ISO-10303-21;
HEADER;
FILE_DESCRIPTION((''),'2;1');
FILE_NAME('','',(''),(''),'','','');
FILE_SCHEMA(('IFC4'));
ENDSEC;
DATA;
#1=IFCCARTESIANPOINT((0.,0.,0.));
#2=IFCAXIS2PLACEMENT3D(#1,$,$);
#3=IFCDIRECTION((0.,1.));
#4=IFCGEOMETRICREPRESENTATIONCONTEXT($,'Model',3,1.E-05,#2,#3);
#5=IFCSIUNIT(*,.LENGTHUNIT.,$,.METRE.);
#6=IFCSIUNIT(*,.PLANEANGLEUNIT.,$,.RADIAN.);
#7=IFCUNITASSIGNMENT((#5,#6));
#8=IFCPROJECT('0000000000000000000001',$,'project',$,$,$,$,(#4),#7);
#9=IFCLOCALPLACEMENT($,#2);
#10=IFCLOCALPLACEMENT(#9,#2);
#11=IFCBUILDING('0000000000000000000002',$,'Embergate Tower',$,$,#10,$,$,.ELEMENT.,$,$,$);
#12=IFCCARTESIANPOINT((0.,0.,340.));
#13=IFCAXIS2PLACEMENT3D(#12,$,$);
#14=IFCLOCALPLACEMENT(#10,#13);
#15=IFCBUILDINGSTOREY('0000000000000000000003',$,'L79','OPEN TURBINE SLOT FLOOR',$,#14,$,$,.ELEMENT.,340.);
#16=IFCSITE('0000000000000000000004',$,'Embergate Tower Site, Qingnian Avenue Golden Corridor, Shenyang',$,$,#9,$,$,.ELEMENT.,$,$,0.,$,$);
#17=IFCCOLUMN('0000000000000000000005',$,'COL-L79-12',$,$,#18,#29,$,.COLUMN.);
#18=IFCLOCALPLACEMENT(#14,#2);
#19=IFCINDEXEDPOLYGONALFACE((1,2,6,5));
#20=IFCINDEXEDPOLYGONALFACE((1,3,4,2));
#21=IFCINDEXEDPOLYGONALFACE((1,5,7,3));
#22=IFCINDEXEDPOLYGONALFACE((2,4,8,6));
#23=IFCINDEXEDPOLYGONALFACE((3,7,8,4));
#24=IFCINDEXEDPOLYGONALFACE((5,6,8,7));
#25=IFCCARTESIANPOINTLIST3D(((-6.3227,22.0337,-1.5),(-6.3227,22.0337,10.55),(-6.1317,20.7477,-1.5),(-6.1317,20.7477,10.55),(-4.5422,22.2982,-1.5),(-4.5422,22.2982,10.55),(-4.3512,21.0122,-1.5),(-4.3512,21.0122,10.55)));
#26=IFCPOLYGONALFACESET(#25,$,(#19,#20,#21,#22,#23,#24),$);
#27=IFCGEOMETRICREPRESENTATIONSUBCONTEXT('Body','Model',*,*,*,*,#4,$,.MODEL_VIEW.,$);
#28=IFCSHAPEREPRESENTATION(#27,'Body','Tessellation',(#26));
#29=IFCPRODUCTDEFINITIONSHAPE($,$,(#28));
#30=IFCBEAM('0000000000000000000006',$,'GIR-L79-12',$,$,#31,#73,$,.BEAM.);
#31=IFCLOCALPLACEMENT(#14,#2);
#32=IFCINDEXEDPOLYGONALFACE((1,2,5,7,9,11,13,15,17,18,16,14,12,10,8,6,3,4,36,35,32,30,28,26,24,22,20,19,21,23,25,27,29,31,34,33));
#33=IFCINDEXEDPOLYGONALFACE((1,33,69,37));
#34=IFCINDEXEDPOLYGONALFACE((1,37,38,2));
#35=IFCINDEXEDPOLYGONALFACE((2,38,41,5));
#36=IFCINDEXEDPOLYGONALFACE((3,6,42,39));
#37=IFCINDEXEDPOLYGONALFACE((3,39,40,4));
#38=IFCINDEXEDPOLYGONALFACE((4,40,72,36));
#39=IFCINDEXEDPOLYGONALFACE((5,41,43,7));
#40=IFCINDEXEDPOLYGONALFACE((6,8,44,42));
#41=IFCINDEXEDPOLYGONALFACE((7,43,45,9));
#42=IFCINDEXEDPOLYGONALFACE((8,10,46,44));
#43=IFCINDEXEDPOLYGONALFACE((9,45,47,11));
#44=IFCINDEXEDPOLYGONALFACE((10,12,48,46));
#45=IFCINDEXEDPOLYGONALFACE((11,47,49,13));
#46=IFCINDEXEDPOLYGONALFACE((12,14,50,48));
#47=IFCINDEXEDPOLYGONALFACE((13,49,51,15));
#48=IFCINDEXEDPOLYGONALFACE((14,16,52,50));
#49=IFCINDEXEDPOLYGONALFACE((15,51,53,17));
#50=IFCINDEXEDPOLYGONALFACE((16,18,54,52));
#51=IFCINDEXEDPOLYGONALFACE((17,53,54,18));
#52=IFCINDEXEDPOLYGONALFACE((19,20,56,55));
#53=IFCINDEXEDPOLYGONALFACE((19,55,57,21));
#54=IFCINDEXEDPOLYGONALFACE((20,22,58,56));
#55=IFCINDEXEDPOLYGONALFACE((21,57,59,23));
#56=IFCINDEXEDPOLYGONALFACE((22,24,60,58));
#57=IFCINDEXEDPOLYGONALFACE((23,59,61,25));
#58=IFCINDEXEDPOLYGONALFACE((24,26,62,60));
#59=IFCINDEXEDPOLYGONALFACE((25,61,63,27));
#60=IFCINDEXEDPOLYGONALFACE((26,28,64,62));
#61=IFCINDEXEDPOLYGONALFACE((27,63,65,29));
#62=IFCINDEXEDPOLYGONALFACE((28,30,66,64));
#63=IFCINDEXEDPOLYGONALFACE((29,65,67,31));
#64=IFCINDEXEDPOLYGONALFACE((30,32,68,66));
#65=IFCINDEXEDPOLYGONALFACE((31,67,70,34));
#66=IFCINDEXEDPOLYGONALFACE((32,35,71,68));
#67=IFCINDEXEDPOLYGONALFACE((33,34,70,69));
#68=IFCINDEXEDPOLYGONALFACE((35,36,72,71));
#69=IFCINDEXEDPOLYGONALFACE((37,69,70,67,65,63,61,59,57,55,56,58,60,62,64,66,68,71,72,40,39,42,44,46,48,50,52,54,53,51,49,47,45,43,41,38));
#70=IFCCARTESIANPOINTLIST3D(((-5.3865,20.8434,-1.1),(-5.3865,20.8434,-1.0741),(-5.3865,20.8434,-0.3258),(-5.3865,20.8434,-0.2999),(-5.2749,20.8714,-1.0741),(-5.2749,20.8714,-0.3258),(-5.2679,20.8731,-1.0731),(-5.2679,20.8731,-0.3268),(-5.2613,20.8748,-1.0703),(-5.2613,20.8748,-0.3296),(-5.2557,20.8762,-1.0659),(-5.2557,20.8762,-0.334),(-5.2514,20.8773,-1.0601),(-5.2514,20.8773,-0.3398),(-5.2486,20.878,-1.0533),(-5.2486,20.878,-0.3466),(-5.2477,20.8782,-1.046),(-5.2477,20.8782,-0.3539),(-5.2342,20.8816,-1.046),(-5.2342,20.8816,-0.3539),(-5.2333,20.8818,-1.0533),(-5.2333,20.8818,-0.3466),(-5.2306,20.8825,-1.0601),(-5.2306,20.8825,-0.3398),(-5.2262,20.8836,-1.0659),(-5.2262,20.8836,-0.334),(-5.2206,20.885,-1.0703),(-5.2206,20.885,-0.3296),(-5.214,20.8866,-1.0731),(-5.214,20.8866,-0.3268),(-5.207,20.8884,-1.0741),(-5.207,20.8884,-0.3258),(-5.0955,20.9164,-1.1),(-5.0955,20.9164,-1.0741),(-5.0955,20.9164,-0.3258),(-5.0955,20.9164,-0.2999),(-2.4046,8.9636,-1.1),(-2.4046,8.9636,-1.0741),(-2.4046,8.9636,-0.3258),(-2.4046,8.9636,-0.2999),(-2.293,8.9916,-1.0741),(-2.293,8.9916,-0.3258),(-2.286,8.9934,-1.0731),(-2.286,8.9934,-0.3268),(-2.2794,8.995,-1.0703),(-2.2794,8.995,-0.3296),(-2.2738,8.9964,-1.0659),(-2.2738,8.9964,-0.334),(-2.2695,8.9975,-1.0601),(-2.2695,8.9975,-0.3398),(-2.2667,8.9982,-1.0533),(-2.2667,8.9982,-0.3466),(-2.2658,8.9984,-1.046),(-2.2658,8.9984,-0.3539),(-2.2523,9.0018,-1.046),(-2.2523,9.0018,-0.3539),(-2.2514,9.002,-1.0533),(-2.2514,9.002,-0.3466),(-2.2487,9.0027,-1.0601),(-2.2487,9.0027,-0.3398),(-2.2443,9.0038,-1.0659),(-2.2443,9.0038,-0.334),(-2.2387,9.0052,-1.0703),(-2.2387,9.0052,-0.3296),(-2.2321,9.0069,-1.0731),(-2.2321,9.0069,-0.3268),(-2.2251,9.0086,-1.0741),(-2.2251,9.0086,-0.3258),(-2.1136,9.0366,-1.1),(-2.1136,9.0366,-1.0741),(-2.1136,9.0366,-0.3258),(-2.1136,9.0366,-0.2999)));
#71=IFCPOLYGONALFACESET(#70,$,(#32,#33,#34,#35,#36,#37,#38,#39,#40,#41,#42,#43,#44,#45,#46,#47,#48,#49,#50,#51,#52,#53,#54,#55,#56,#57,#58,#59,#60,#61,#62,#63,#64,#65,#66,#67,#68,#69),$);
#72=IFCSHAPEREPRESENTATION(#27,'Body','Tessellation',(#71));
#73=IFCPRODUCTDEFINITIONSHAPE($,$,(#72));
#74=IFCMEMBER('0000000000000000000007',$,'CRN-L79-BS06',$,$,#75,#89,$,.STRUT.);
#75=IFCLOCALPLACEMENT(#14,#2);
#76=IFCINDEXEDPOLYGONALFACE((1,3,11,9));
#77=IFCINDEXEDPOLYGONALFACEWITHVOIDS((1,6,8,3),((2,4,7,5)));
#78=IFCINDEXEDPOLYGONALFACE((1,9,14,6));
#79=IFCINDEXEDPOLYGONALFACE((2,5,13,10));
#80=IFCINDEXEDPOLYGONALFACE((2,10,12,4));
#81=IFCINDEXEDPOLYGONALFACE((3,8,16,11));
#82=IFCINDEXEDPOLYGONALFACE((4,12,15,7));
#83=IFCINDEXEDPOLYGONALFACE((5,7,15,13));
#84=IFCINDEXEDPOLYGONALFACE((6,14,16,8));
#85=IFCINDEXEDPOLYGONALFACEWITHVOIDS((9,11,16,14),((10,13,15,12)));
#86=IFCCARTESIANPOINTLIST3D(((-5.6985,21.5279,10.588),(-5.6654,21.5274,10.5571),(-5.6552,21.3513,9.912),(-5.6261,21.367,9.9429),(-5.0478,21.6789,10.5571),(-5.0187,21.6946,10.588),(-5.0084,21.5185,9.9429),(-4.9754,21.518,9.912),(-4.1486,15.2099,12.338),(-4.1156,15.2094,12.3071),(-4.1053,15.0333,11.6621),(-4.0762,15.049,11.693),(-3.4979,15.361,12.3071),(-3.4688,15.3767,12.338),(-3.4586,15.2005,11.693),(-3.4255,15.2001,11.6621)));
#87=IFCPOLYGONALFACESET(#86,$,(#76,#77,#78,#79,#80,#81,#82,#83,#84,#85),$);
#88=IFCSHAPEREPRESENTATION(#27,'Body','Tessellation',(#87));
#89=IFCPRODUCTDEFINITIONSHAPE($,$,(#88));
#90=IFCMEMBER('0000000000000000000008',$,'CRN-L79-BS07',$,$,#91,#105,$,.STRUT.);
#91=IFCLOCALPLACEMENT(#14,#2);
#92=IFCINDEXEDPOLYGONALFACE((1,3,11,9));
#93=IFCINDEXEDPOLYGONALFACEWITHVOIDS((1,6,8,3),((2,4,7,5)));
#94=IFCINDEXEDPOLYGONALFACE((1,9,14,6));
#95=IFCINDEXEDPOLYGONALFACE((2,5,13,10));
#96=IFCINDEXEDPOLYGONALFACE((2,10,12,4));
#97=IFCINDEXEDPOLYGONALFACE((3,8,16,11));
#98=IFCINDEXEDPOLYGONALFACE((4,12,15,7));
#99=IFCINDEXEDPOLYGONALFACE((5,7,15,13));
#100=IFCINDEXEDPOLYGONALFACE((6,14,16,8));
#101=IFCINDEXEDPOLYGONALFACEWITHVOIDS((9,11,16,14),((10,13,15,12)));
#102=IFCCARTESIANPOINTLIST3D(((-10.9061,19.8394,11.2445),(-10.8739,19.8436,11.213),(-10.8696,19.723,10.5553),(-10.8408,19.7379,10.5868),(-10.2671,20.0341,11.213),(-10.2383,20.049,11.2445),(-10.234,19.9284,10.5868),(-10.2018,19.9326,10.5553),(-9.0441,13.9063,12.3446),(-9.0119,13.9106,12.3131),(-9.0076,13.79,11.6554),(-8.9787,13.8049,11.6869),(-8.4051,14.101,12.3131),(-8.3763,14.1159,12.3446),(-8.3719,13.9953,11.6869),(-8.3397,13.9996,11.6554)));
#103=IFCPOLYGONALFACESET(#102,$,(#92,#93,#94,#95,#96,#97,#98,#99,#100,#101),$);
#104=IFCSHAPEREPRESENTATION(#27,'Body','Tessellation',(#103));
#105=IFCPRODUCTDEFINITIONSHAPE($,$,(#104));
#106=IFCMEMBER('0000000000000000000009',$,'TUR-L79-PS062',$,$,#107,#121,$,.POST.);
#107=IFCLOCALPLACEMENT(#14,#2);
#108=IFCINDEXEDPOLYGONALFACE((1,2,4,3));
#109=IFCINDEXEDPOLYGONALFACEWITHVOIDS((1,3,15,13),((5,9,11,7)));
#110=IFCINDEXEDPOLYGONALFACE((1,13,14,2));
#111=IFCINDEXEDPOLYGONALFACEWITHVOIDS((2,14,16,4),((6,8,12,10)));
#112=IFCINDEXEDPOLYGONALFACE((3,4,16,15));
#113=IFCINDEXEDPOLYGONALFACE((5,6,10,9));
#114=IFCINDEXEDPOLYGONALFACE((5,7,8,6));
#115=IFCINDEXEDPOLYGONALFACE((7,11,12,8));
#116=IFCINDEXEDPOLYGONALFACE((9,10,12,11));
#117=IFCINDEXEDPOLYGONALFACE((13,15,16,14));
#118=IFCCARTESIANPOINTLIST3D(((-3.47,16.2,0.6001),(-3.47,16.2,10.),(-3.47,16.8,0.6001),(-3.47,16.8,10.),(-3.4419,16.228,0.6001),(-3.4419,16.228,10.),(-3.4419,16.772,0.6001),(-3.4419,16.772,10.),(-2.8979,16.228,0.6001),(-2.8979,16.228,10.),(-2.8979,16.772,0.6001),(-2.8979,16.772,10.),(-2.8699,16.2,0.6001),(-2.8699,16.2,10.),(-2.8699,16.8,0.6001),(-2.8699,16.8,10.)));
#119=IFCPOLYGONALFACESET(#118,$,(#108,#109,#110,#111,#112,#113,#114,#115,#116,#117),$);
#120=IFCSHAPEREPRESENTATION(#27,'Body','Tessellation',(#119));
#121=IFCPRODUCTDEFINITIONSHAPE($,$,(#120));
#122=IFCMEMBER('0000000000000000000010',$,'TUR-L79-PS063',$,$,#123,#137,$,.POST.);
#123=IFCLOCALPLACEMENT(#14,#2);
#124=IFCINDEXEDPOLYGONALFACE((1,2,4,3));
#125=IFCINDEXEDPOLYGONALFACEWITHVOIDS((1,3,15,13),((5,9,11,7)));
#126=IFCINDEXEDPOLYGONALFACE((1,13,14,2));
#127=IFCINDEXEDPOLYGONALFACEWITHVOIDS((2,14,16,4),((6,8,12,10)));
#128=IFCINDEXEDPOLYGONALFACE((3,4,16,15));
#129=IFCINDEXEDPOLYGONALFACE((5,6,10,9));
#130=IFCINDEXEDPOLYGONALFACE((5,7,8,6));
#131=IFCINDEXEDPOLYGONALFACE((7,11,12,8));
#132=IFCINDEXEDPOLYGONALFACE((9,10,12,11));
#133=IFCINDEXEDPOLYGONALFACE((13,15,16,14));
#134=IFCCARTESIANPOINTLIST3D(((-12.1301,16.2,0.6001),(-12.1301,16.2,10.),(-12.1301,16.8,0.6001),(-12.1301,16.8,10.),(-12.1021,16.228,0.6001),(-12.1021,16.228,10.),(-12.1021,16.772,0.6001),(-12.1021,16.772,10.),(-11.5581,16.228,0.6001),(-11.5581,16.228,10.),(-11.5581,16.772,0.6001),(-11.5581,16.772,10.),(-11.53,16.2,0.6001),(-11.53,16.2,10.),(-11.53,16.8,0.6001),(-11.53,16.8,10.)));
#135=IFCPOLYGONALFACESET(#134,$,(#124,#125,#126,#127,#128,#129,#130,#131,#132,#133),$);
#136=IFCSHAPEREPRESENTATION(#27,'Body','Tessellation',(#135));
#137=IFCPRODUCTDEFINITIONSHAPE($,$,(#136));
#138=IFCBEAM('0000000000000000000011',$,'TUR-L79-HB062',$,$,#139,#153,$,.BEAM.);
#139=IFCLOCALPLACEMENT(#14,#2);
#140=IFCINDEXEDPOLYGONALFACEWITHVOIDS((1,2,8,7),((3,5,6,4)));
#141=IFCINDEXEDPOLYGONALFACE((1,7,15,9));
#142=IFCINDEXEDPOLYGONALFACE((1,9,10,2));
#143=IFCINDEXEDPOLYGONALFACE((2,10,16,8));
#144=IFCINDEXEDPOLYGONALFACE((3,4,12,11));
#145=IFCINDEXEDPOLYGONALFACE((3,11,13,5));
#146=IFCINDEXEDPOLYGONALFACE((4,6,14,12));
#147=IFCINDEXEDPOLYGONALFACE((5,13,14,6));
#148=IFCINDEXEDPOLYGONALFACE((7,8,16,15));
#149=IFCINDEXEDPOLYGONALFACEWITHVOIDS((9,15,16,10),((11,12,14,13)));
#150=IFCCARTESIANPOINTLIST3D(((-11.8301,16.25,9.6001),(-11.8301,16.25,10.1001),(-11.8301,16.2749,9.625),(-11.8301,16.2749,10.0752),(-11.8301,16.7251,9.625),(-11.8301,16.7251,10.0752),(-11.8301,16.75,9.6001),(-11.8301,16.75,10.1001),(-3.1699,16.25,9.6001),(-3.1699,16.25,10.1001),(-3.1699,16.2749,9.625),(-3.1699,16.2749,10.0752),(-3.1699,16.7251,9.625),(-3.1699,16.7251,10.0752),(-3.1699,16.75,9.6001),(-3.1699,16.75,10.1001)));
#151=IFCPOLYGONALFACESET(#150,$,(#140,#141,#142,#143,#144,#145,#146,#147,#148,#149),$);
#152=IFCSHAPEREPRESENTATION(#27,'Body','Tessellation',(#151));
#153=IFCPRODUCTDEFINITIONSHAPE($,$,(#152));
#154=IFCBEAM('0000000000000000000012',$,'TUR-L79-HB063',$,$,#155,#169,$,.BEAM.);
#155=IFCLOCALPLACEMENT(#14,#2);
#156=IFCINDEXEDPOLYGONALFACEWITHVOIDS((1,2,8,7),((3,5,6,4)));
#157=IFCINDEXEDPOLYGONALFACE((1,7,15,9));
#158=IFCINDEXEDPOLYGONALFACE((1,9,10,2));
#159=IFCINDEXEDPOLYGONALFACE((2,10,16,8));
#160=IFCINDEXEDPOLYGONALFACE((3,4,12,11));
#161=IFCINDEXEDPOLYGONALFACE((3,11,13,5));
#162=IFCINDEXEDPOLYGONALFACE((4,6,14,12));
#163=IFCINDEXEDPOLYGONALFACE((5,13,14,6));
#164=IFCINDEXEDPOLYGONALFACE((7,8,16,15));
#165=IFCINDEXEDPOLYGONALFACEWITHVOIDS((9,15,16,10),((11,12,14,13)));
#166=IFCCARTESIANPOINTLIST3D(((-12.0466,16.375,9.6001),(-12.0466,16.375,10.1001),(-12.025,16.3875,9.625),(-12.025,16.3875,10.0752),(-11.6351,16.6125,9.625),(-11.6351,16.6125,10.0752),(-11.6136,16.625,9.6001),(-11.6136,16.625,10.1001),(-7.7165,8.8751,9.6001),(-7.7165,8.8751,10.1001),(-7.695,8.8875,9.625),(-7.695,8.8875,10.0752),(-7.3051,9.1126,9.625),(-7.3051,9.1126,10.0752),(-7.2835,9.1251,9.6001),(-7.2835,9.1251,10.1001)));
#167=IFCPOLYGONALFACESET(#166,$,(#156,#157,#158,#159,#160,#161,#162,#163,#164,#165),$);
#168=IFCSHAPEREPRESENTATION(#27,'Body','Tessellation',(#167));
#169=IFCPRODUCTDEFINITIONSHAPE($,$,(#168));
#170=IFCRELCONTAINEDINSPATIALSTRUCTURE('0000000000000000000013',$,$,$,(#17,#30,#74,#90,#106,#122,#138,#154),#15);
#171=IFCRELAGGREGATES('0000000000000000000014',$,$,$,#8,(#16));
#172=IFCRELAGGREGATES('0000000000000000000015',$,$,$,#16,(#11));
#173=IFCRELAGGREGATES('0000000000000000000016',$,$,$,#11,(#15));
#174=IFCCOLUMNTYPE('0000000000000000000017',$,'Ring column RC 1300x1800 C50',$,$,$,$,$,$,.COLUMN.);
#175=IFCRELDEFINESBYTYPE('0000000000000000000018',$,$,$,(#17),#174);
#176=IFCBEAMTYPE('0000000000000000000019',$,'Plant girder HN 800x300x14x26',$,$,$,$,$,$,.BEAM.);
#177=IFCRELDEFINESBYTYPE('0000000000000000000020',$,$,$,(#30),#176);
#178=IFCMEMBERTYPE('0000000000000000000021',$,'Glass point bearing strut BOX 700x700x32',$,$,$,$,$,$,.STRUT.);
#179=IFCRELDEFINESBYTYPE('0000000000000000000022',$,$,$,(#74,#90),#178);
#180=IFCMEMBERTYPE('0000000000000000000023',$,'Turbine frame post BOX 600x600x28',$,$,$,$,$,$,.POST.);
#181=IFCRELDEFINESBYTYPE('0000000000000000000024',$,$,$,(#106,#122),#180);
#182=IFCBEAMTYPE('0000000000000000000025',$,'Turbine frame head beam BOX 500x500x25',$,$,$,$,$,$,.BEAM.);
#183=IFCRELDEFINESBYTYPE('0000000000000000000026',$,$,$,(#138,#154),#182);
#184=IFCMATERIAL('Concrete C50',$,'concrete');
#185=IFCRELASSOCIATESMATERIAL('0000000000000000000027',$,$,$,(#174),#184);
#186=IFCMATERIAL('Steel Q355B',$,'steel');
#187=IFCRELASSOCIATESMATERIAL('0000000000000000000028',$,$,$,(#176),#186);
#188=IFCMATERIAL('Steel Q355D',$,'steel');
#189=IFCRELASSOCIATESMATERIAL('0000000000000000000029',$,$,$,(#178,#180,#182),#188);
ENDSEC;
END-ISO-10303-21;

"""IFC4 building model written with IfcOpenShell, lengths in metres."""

from ifc_helpers import new_model, si_unit, direction, frame, origin, origin_2d, place, context, subcontext, project, spatial, rectangle, hollow_rectangle, i_section, extrude, source, transform, mapped, material, material_profile, profile_set, type_object, element, save


model = new_model("IFC4")

# Units and contexts
model_context = context("Model", 3, precision=1e-05, world=origin(), true_north=direction((0.0, 1.0)))
body_context = subcontext(model_context, "Body", "Model", "MODEL_VIEW")
ifc_project = project(units=[si_unit("LENGTHUNIT", "METRE"), si_unit("PLANEANGLEUNIT", "RADIAN")], contexts=[model_context])

# Site, building, storey
site_placement = place(None, origin())
site = spatial("IfcSite", under=ifc_project, at=site_placement, Name="Embergate Tower Site, Qingnian Avenue Golden Corridor, Shenyang", CompositionType="ELEMENT", RefElevation=0.0)
building_placement = place(site_placement, origin())
building = spatial("IfcBuilding", under=site, at=building_placement, Name="Embergate Tower", CompositionType="ELEMENT")
storey_placement = place(building_placement, frame((0.0, 0.0, 340.0)))
storey = spatial("IfcBuildingStorey", under=building, at=storey_placement, Name="L79", Description="OPEN TURBINE SLOT FLOOR", CompositionType="ELEMENT", Elevation=340.0)

# Column
ifc_material_1 = material(Name="Concrete C50", Category="concrete")
ifc_material_profile_1 = material_profile(ifc_material_1, rectangle(XDim=1.3, YDim=1.8, at=origin_2d()), Name="RC 1300x1800")
ifc_profile_set_1 = profile_set([ifc_material_profile_1], Name="Concrete C50")
column_type = type_object("IfcColumnType", Name="Ring column RC 1300x1800 C50", PredefinedType="COLUMN", material=ifc_profile_set_1)
shared_shape_1 = source(origin(), body_context, "Body", "SweptSolid", [
    extrude(rectangle(XDim=1.3, YDim=1.8, at=origin_2d()), origin(), (0.0, 0.0, 1.0), 12.05),
])
column_placement = place(storey_placement, frame((-5.3369, 21.5229, -1.5), z_axis=(0.0, 0.0, 1.0), x_axis=(-0.146929, 0.989147, 0.0)))
element("IfcColumn", 1, at=column_placement, inside=storey, type_object=column_type, Name="COL-L79-12", PredefinedType="COLUMN", context=body_context, shape_type="MappedRepresentation", body=[
    mapped(shared_shape_1, transform((0.0, 0.0, 0.0))),
])

# Beam
ifc_material_2 = material(Name="Steel Q355B", Category="steel")
ifc_material_profile_2 = material_profile(ifc_material_2, i_section(OverallWidth=0.3, OverallDepth=0.8, WebThickness=0.0139, FlangeThickness=0.0259, FilletRadius=0.0281, at=origin_2d()), Name="HN 800x300x14x26")
ifc_profile_set_2 = profile_set([ifc_material_profile_2], Name="Steel Q355 grade B")
beam_type_1 = type_object("IfcBeamType", Name="Plant girder HN 800x300x14x26", PredefinedType="BEAM", material=ifc_profile_set_2)
shared_shape_2 = source(origin(), body_context, "Body", "SweptSolid", [
    extrude(i_section(OverallWidth=0.3, OverallDepth=0.8, WebThickness=0.0139, FlangeThickness=0.0259, FilletRadius=0.0281, at=origin_2d()), origin(), (0.0, 0.0, 1.0), 12.2483),
])
beam_placement = place(storey_placement, frame((-5.241, 20.8799, -0.7), z_axis=(0.243455, -0.969912, 0.0), x_axis=(0.969912, 0.243455, 0.0)))
element("IfcBeam", 2, at=beam_placement, inside=storey, type_object=beam_type_1, Name="GIR-L79-12", PredefinedType="BEAM", context=body_context, shape_type="MappedRepresentation", body=[
    mapped(shared_shape_2, transform((0.0, 0.0, 0.0))),
])

# Members
ifc_material_3 = material(Name="Steel Q355D", Category="steel")
ifc_material_profile_3 = material_profile(ifc_material_3, hollow_rectangle(XDim=0.7, YDim=0.7, WallThickness=0.032, at=origin_2d()), Name="BOX 700x700x32")
ifc_profile_set_3 = profile_set([ifc_material_profile_3], Name="Steel Q355 grade D")
member_type_1 = type_object("IfcMemberType", Name="Glass point bearing strut BOX 700x700x32", PredefinedType="STRUT", material=ifc_profile_set_3)
shared_shape_3 = source(origin(), body_context, "Body", "SweptSolid", [
    extrude(hollow_rectangle(XDim=0.7, YDim=0.7, WallThickness=0.032, at=origin_2d()), origin(), (0.0, 0.0, 1.0), 6.7366),
])
member_1_placement = place(storey_placement, frame((-5.3369, 21.5229, 10.25), z_axis=(0.230062, -0.937862, 0.25978), x_axis=(0.971206, 0.238242, 0.0)))
element("IfcMember", 3, at=member_1_placement, inside=storey, type_object=member_type_1, Name="CRN-L79-BS06", PredefinedType="STRUT", context=body_context, shape_type="MappedRepresentation", body=[
    mapped(shared_shape_3, transform((0.0, 0.0, 0.0))),
])
shared_shape_4 = source(origin(), body_context, "Body", "SweptSolid", [
    extrude(hollow_rectangle(XDim=0.7, YDim=0.7, WallThickness=0.032, at=origin_2d()), origin(), (0.0, 0.0, 1.0), 6.3149),
])
member_2_placement = place(storey_placement, frame((-10.554, 19.886, 10.8999), z_axis=(0.294863, -0.939526, 0.174204), x_axis=(0.954115, 0.299442, 0.0)))
element("IfcMember", 4, at=member_2_placement, inside=storey, type_object=member_type_1, Name="CRN-L79-BS07", PredefinedType="STRUT", context=body_context, shape_type="MappedRepresentation", body=[
    mapped(shared_shape_4, transform((0.0, 0.0, 0.0))),
])
ifc_material_profile_4 = material_profile(ifc_material_3, hollow_rectangle(XDim=0.6001, YDim=0.6001, WallThickness=0.0281, at=origin_2d()), Name="BOX 600x600x28")
ifc_profile_set_4 = profile_set([ifc_material_profile_4], Name="Steel Q355 grade D")
member_type_2 = type_object("IfcMemberType", Name="Turbine frame post BOX 600x600x28", PredefinedType="POST", material=ifc_profile_set_4)
shared_shape_5 = source(origin(), body_context, "Body", "SweptSolid", [
    extrude(hollow_rectangle(XDim=0.6001, YDim=0.6001, WallThickness=0.0281, at=origin_2d()), origin(), (0.0, 0.0, 1.0), 9.3999),
])
for number, where, z_axis, x_axis, name in (
    (5, (-3.1699, 16.5, 0.6001), (0.0, 0.0, 1.0), (1.0, 0.0, 0.0), "TUR-L79-PS062"),
    (6, (-11.8301, 16.5, 0.6001), (0.0, 0.0, 1.0), (1.0, 0.0, 0.0), "TUR-L79-PS063"),
):
    element("IfcMember", number, at=place(storey_placement, frame(where, z_axis=z_axis, x_axis=x_axis)), inside=storey, type_object=member_type_2, Name=name, PredefinedType="POST", context=body_context, shape_type="MappedRepresentation", body=[
        mapped(shared_shape_5, transform((0.0, 0.0, 0.0))),
    ])

# Beams
ifc_material_profile_5 = material_profile(ifc_material_3, hollow_rectangle(XDim=0.5, YDim=0.5, WallThickness=0.0249, at=origin_2d()), Name="BOX 500x500x25")
ifc_profile_set_5 = profile_set([ifc_material_profile_5], Name="Steel Q355 grade D")
beam_type_2 = type_object("IfcBeamType", Name="Turbine frame head beam BOX 500x500x25", PredefinedType="BEAM", material=ifc_profile_set_5)
shared_shape_6 = source(origin(), body_context, "Body", "SweptSolid", [
    extrude(hollow_rectangle(XDim=0.5, YDim=0.5, WallThickness=0.0249, at=origin_2d()), origin(), (0.0, 0.0, 1.0), 8.6602),
])
for number, where, z_axis, x_axis, name in (
    (7, (-3.1699, 16.5, 9.8501), (-1.0, 0.0, 0.0), (0.0, -1.0, 0.0), "TUR-L79-HB062"),
    (8, (-11.8301, 16.5, 9.8501), (0.499996, -0.866028, 0.0), (0.866028, 0.499996, 0.0), "TUR-L79-HB063"),
):
    element("IfcBeam", number, at=place(storey_placement, frame(where, z_axis=z_axis, x_axis=x_axis)), inside=storey, type_object=beam_type_2, Name=name, PredefinedType="BEAM", context=body_context, shape_type="MappedRepresentation", body=[
        mapped(shared_shape_6, transform((0.0, 0.0, 0.0))),
    ])

save(model, "model.ifc")
